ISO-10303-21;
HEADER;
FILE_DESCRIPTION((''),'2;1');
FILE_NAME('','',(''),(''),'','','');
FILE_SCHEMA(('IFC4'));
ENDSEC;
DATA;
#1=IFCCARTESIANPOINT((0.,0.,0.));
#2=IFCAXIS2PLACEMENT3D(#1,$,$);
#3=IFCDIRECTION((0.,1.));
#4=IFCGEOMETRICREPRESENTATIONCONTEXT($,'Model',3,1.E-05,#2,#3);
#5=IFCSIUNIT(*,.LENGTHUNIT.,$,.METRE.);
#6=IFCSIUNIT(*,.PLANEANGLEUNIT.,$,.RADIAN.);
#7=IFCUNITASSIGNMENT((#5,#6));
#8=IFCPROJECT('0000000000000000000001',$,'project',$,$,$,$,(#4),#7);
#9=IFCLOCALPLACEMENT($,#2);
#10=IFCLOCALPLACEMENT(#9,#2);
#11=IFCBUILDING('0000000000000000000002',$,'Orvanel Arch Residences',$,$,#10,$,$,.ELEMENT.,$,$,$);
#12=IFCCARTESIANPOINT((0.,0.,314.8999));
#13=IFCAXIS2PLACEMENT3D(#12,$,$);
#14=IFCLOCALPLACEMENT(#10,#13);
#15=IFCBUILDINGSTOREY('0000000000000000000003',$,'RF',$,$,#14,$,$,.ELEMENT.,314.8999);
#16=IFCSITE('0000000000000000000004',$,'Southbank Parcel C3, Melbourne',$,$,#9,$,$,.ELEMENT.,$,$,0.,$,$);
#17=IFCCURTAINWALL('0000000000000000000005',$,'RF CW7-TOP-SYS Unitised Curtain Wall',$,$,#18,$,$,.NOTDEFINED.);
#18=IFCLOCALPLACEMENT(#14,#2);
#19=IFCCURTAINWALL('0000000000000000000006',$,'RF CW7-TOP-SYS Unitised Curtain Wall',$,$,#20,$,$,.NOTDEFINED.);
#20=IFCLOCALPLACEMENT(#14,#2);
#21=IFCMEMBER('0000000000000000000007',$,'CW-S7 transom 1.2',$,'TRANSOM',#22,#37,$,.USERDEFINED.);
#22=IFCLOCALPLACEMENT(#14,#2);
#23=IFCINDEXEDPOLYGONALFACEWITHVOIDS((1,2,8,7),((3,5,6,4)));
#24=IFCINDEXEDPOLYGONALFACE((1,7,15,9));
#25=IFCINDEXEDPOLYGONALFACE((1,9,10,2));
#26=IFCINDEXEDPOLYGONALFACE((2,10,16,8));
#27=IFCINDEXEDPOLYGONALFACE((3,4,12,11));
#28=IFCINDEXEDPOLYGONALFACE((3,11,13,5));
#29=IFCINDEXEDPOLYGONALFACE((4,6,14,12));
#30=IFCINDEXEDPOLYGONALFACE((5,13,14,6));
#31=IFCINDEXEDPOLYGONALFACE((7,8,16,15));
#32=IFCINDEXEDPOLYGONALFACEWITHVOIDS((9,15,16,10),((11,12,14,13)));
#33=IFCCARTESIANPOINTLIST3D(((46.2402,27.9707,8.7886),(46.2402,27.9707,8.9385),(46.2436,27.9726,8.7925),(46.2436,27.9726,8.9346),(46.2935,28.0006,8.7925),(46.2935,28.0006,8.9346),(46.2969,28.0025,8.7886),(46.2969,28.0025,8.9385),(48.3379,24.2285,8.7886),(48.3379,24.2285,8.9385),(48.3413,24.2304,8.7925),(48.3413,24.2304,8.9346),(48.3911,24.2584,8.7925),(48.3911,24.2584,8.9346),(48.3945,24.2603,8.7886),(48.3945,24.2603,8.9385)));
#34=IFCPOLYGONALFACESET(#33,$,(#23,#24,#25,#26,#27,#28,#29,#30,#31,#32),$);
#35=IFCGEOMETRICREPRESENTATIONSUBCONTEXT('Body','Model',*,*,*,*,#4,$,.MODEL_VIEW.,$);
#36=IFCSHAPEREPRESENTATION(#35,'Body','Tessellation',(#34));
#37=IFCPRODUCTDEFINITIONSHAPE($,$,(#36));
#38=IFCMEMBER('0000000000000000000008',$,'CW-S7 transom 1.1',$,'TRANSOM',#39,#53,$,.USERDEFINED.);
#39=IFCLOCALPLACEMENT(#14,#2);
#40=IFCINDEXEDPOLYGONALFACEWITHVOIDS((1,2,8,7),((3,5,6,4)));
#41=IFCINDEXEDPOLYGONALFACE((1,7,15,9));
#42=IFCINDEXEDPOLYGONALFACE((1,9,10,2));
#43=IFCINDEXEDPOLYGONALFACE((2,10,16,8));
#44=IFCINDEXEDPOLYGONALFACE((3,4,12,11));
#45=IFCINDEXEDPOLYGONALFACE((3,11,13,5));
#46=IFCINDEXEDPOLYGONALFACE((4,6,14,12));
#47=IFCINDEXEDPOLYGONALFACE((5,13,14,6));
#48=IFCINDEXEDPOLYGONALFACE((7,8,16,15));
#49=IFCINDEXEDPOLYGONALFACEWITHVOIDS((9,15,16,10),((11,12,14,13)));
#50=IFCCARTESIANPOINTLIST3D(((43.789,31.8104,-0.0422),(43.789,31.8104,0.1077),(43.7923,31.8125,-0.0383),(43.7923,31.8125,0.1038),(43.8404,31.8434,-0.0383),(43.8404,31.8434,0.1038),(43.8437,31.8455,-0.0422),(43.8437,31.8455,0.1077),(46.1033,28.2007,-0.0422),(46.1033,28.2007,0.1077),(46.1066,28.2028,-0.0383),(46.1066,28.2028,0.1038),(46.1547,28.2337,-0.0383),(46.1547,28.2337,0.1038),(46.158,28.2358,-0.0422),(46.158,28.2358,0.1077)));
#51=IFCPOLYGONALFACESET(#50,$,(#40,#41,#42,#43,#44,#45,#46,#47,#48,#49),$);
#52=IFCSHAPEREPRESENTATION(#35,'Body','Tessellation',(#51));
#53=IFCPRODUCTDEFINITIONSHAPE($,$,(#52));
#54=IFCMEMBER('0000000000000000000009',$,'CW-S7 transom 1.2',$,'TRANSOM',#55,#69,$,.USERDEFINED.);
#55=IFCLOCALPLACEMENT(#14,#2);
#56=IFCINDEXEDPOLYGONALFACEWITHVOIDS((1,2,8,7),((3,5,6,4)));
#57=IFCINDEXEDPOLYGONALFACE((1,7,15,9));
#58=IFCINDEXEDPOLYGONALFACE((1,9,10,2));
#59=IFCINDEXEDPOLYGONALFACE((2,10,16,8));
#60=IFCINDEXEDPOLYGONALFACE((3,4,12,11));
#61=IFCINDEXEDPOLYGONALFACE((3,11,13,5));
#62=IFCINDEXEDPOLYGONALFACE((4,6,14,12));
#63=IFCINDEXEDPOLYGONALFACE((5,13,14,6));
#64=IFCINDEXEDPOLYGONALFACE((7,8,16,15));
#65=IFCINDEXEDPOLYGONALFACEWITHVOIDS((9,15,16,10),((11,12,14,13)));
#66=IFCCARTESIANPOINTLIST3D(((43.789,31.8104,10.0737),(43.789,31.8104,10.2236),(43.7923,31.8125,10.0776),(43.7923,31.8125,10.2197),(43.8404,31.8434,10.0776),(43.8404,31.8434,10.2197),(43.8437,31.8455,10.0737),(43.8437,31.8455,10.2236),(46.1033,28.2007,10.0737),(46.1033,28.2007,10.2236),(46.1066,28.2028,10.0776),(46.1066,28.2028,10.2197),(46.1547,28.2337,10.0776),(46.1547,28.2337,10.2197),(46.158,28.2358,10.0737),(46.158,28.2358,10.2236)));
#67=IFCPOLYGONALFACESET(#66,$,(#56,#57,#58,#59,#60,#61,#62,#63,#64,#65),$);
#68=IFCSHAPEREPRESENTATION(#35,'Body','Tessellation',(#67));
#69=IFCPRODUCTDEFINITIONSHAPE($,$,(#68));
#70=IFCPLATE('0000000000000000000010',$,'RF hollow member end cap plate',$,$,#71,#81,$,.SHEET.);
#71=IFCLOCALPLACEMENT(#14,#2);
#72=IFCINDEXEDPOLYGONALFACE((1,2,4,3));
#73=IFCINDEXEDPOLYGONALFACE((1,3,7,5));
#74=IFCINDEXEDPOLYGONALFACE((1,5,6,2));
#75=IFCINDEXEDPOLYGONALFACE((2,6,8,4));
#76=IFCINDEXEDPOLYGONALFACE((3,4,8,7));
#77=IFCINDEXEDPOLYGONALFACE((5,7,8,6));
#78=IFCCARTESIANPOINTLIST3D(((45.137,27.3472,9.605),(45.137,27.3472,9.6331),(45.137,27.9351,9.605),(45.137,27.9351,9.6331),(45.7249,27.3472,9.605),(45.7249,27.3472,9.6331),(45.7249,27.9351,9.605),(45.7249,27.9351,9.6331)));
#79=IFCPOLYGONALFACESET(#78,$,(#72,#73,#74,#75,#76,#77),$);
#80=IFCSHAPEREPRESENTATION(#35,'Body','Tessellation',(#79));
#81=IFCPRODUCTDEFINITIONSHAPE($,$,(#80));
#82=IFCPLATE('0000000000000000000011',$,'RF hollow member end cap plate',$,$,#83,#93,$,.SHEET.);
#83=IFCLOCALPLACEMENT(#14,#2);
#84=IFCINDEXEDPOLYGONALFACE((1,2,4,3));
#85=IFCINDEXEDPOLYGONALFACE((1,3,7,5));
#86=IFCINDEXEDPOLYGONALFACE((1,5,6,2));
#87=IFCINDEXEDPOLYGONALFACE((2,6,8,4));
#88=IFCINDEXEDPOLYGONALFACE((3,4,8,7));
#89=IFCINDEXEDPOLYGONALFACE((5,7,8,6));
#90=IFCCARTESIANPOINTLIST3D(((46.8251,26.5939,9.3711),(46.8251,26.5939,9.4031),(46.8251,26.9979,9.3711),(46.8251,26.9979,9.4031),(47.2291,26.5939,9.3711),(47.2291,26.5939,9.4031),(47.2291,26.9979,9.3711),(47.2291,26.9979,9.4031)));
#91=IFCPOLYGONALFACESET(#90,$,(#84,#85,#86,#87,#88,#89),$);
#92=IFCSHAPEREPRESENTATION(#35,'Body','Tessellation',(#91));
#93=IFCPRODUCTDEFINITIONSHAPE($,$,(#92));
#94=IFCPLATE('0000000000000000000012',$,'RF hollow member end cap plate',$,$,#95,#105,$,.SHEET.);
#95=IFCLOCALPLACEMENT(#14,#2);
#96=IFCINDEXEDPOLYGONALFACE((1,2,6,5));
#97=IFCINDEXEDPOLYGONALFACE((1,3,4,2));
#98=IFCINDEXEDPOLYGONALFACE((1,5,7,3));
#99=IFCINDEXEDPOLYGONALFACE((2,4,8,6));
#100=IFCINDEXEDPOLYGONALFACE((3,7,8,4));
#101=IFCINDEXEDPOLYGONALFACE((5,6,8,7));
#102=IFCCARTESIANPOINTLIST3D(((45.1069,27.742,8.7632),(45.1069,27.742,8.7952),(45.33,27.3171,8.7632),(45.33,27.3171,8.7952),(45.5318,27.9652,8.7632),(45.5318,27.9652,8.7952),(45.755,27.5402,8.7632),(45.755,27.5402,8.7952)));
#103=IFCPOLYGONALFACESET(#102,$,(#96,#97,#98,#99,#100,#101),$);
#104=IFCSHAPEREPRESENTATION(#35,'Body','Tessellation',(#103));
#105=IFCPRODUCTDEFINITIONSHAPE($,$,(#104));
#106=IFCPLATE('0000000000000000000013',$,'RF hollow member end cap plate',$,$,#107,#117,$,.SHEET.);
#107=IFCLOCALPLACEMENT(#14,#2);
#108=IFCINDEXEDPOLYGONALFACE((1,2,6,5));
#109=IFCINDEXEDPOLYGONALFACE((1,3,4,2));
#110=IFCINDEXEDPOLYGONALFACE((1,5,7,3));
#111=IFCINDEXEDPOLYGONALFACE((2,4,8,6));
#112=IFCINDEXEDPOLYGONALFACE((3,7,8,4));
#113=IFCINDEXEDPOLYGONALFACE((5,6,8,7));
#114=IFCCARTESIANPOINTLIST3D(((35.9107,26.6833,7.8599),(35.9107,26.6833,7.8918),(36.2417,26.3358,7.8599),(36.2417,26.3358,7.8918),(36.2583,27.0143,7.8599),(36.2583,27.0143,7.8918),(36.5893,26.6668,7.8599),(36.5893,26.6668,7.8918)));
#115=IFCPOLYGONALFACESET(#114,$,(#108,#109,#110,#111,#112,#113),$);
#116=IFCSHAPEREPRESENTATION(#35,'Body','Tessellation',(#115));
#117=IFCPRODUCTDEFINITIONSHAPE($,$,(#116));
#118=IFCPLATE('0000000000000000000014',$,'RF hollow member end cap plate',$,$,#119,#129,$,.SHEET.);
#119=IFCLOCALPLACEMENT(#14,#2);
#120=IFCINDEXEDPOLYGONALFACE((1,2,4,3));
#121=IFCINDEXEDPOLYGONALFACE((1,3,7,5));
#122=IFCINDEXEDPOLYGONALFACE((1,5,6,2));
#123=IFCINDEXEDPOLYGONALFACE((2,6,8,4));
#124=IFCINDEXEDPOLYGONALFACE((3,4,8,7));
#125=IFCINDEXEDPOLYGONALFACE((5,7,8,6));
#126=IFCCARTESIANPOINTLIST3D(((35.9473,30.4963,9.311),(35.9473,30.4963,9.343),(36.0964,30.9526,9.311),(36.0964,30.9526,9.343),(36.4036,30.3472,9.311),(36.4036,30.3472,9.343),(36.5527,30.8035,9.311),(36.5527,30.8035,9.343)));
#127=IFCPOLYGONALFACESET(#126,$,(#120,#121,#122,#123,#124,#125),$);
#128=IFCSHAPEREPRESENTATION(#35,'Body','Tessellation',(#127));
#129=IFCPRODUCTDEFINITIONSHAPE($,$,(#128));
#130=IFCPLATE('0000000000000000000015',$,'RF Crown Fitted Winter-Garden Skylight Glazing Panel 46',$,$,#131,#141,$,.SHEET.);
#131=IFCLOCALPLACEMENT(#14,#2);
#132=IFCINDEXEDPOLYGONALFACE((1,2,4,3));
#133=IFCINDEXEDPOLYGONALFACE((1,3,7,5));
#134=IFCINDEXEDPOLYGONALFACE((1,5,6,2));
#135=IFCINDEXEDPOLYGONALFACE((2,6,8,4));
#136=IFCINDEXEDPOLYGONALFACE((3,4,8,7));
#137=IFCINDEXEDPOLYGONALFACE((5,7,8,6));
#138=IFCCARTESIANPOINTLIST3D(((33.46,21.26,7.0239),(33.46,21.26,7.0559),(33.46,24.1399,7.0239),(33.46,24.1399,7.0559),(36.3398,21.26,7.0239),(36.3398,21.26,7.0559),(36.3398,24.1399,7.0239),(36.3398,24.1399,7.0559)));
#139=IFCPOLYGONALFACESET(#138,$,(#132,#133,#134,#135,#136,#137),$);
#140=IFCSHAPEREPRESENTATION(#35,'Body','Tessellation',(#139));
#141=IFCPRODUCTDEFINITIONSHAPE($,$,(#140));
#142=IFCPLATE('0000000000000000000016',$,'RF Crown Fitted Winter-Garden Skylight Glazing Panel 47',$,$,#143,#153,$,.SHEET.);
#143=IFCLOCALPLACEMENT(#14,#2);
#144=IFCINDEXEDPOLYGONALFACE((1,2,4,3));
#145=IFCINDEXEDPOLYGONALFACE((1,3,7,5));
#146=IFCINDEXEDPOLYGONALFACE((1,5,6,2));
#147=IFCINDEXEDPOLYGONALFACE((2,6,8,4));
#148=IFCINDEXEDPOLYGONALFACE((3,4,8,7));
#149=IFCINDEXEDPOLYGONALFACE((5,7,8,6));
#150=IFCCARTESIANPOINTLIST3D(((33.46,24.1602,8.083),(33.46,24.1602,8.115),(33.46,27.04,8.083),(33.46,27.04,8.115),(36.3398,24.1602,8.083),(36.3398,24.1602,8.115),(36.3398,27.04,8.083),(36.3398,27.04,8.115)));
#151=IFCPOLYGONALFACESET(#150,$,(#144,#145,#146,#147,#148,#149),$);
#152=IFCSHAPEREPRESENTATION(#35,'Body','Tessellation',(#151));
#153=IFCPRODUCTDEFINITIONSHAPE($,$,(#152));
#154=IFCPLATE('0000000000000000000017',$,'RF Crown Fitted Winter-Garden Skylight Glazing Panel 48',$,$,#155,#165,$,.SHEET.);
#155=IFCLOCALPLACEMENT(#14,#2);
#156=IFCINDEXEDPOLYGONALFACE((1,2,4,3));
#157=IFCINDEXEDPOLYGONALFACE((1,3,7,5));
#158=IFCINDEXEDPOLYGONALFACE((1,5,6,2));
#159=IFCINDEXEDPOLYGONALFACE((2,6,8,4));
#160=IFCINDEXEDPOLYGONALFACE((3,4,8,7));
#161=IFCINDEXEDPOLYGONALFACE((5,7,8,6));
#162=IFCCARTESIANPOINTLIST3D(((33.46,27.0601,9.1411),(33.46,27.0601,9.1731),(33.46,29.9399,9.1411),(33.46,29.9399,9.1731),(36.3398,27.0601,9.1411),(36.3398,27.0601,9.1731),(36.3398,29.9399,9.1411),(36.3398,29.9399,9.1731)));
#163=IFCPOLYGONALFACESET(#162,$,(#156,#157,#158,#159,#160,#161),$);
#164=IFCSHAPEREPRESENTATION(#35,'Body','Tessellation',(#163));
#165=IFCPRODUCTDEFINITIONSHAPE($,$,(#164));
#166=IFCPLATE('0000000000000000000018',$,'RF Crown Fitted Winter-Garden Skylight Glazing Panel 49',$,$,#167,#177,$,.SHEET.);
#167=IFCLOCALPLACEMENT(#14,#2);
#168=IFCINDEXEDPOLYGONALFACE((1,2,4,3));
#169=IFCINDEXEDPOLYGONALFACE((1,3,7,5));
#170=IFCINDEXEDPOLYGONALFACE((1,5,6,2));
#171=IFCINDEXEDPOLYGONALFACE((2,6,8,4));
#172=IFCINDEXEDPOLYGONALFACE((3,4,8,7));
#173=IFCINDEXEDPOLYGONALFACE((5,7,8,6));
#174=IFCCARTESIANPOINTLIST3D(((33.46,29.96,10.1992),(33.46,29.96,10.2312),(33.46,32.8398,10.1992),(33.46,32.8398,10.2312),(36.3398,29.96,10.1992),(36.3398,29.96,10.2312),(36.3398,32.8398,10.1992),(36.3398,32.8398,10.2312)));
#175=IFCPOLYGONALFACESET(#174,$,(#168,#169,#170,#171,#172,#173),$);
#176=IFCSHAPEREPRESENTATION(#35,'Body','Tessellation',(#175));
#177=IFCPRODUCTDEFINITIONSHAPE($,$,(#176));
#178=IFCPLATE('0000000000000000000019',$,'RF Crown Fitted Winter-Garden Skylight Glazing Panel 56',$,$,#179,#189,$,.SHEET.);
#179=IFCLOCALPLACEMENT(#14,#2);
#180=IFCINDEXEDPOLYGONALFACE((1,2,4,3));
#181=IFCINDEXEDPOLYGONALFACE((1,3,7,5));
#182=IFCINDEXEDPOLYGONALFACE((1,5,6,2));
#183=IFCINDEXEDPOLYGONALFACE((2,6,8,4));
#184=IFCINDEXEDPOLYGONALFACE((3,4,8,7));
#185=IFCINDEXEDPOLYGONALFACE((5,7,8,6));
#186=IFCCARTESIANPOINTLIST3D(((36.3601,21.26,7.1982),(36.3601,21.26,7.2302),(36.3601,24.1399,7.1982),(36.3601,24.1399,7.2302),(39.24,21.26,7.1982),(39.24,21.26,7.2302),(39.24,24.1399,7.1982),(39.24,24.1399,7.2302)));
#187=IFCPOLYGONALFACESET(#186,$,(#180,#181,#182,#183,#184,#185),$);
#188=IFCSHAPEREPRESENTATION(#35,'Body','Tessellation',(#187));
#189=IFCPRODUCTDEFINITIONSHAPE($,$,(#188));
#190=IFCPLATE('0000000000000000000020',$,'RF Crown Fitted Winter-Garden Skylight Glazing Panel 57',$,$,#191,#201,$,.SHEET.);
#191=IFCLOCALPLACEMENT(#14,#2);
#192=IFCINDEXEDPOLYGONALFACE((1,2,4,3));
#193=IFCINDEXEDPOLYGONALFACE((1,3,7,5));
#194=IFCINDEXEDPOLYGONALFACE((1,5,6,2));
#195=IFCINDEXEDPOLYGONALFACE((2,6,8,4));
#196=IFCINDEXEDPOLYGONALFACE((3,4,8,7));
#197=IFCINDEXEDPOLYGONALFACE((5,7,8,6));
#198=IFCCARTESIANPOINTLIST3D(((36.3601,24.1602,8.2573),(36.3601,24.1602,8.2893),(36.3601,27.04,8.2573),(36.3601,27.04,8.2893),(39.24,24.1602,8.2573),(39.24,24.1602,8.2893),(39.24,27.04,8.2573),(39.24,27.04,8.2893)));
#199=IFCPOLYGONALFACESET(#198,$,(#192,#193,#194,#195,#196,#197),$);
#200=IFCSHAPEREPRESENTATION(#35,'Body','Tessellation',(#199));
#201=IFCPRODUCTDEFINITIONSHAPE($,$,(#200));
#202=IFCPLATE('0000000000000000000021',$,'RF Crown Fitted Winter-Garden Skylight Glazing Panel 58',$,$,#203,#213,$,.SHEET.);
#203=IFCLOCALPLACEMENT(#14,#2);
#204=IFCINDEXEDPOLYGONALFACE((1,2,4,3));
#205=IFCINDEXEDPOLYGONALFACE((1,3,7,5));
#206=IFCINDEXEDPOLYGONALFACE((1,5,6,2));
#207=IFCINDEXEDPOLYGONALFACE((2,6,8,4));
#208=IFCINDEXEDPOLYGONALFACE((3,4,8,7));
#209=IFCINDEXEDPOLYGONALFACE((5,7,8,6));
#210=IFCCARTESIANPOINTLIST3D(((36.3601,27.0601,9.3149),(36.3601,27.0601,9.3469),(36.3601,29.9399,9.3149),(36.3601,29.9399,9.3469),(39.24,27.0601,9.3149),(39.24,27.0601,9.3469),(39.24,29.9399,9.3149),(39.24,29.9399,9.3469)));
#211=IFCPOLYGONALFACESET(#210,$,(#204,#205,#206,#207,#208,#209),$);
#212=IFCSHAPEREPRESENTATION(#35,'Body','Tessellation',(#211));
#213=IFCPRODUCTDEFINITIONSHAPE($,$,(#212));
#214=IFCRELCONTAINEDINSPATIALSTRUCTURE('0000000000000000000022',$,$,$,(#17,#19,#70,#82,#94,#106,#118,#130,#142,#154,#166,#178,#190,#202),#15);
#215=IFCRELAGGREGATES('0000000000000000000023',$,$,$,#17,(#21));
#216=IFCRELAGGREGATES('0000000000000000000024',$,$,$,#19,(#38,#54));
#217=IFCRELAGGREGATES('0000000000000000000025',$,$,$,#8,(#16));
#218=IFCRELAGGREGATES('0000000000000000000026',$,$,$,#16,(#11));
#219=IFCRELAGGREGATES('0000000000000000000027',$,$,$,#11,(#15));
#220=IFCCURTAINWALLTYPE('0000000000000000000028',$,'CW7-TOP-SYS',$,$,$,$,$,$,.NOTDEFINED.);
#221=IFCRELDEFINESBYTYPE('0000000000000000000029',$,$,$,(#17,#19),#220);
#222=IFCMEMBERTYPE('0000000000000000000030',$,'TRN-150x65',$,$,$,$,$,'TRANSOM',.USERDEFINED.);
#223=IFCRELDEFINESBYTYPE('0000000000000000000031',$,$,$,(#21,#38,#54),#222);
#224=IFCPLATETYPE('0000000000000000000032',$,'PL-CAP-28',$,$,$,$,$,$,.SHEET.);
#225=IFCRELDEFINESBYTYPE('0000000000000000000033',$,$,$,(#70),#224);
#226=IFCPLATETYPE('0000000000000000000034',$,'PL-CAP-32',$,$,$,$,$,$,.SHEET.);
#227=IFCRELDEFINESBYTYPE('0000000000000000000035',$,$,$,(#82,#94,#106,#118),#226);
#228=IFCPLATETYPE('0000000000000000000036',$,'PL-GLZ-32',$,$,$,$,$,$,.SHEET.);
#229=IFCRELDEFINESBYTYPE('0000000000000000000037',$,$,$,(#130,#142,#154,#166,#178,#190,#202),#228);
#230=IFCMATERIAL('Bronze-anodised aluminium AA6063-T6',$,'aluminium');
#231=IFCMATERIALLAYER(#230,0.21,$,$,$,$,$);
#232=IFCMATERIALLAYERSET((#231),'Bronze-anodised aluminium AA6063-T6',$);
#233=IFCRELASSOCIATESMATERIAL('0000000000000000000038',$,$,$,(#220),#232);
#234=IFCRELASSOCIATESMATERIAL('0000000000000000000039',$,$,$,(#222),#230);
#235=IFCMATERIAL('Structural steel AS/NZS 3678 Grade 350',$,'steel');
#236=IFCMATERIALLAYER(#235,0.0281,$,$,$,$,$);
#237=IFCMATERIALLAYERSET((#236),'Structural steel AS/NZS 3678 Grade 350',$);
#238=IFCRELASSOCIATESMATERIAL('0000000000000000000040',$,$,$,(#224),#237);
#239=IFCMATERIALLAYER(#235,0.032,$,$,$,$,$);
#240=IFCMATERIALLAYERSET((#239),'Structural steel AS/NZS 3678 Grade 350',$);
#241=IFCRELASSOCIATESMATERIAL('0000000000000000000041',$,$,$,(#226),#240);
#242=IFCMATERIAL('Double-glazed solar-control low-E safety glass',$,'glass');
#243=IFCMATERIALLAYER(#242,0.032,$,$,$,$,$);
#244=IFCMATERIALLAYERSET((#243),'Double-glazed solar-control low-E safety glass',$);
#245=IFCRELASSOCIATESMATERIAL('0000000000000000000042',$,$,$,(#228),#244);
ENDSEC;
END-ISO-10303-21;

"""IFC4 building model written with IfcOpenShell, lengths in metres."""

from ifc_helpers import new_model, si_unit, direction, frame, origin, origin_2d, place, context, subcontext, project, spatial, rectangle, hollow_rectangle, extrude, material, layer, layer_set, material_profile, profile_set, type_object, element, aggregate, save


model = new_model("IFC4")

# Units and contexts
model_context = context("Model", 3, precision=1e-05, world=origin(), true_north=direction((0.0, 1.0)))
body_context = subcontext(model_context, "Body", "Model", "MODEL_VIEW")
ifc_project = project(units=[si_unit("LENGTHUNIT", "METRE"), si_unit("PLANEANGLEUNIT", "RADIAN")], contexts=[model_context])

# Site, building, storey
site_placement = place(None, origin())
site = spatial("IfcSite", under=ifc_project, at=site_placement, Name="Southbank Parcel C3, Melbourne", CompositionType="ELEMENT", RefElevation=0.0)
building_placement = place(site_placement, origin())
building = spatial("IfcBuilding", under=site, at=building_placement, Name="Orvanel Arch Residences", CompositionType="ELEMENT")
storey_placement = place(building_placement, frame((0.0, 0.0, 314.8999)))
storey = spatial("IfcBuildingStorey", under=building, at=storey_placement, Name="RF", CompositionType="ELEMENT", Elevation=314.8999)

# Shared definitions
ifc_material_1 = material(Name="Bronze-anodised aluminium AA6063-T6", Category="aluminium")
ifc_layer_1 = layer(ifc_material_1, 0.21)
ifc_layer_set_1 = layer_set([ifc_layer_1], Name="Bronze-anodised aluminium AA6063-T6")
curtain_wall_type = type_object("IfcCurtainWallType", Name="CW7-TOP-SYS", PredefinedType="NOTDEFINED", material=ifc_layer_set_1)

# Curtain wall
curtain_wall_1_placement = place(storey_placement, origin())
curtain_wall_1 = element("IfcCurtainWall", 1, at=curtain_wall_1_placement, inside=storey, type_object=curtain_wall_type, Name="RF CW7-TOP-SYS Unitised Curtain Wall", PredefinedType="NOTDEFINED")

# Curtain wall
curtain_wall_2_placement = place(storey_placement, origin())
curtain_wall_2 = element("IfcCurtainWall", 2, at=curtain_wall_2_placement, inside=storey, type_object=curtain_wall_type, Name="RF CW7-TOP-SYS Unitised Curtain Wall", PredefinedType="NOTDEFINED")

# Members
ifc_material_profile_1 = material_profile(ifc_material_1, hollow_rectangle(XDim=0.0649, YDim=0.1499, WallThickness=0.0039, at=origin_2d()), Name="ALU150x65x4")
ifc_profile_set_1 = profile_set([ifc_material_profile_1], Name="Bronze-anodised aluminium AA6063-T6")
member_type_1 = type_object("IfcMemberType", Name="TRN-150x65", ElementType="TRANSOM", PredefinedType="USERDEFINED", material=ifc_profile_set_1)
member_1_placement = place(storey_placement, frame((48.3662, 24.2444, 8.8635), z_axis=(-0.488964, 0.872304, 0.0), x_axis=(-0.872304, -0.488964, 0.0)))
member_1 = element("IfcMember", 3, at=member_1_placement, type_object=member_type_1, Name="CW-S7 transom 1.2", ObjectType="TRANSOM", PredefinedType="USERDEFINED", context=body_context, shape_type="SweptSolid", body=[
    extrude(hollow_rectangle(XDim=0.0649, YDim=0.1499, WallThickness=0.0039, at=origin_2d()), origin(), (0.0, 0.0, 1.0), 4.29),
])
member_2_placement = place(storey_placement, frame((46.1306, 28.2183, 0.0327), z_axis=(-0.539724, 0.841842, 0.0), x_axis=(-0.841842, -0.539724, 0.0)))
member_2 = element("IfcMember", 4, at=member_2_placement, type_object=member_type_1, Name="CW-S7 transom 1.1", ObjectType="TRANSOM", PredefinedType="USERDEFINED", context=body_context, shape_type="SweptSolid", body=[
    extrude(hollow_rectangle(XDim=0.0649, YDim=0.1499, WallThickness=0.0039, at=origin_2d()), origin(), (0.0, 0.0, 1.0), 4.2878),
])
member_3_placement = place(storey_placement, frame((46.1306, 28.2183, 10.1487), z_axis=(-0.539724, 0.841842, 0.0), x_axis=(-0.841842, -0.539724, 0.0)))
member_3 = element("IfcMember", 5, at=member_3_placement, type_object=member_type_1, Name="CW-S7 transom 1.2", ObjectType="TRANSOM", PredefinedType="USERDEFINED", context=body_context, shape_type="SweptSolid", body=[
    extrude(hollow_rectangle(XDim=0.0649, YDim=0.1499, WallThickness=0.0039, at=origin_2d()), origin(), (0.0, 0.0, 1.0), 4.2878),
])

# Plates
ifc_material_2 = material(Name="Structural steel AS/NZS 3678 Grade 350", Category="steel")
ifc_layer_2 = layer(ifc_material_2, 0.0281)
ifc_layer_set_2 = layer_set([ifc_layer_2], Name="Structural steel AS/NZS 3678 Grade 350")
plate_type_1 = type_object("IfcPlateType", Name="PL-CAP-28", PredefinedType="SHEET", material=ifc_layer_set_2)
plate_1_placement = place(storey_placement, frame((45.4309, 27.6411, 9.605), z_axis=(0.0, 0.0, 1.0), x_axis=(1.0, 0.0, 0.0)))
element("IfcPlate", 6, at=plate_1_placement, inside=storey, type_object=plate_type_1, Name="RF hollow member end cap plate", PredefinedType="SHEET", context=body_context, shape_type="SweptSolid", body=[
    extrude(rectangle(XDim=0.5879, YDim=0.5879, at=origin_2d()), origin(), (0.0, 0.0, 1.0), 0.0281),
])
ifc_layer_3 = layer(ifc_material_2, 0.032)
ifc_layer_set_3 = layer_set([ifc_layer_3], Name="Structural steel AS/NZS 3678 Grade 350")
plate_type_2 = type_object("IfcPlateType", Name="PL-CAP-32", PredefinedType="SHEET", material=ifc_layer_set_3)
plate_2_placement = place(storey_placement, frame((47.0271, 26.7959, 9.3711), z_axis=(0.0, 0.0, 1.0), x_axis=(1.0, 0.0, 0.0)))
element("IfcPlate", 7, at=plate_2_placement, inside=storey, type_object=plate_type_2, Name="RF hollow member end cap plate", PredefinedType="SHEET", context=body_context, shape_type="SweptSolid", body=[
    extrude(rectangle(XDim=0.4041, YDim=0.4041, at=origin_2d()), origin(), (0.0, 0.0, 1.0), 0.032),
])
for number, where, z_axis, x_axis, name in (
    (8, (45.4309, 27.6411, 8.7632), (0.0, 0.0, 1.0), (-0.464842, 0.885394, 0.0), "RF hollow member end cap plate"),
    (9, (36.25, 26.675, 7.8599), (0.0, 0.0, 1.0), (-0.68962, 0.724172, 0.0), "RF hollow member end cap plate"),
    (10, (36.25, 30.6499, 9.311), (0.0, 0.0, 1.0), (-0.950516, 0.310676, 0.0), "RF hollow member end cap plate"),
):
    element("IfcPlate", number, at=place(storey_placement, frame(where, z_axis=z_axis, x_axis=x_axis)), inside=storey, type_object=plate_type_2, Name=name, PredefinedType="SHEET", context=body_context, shape_type="SweptSolid", body=[
        extrude(rectangle(XDim=0.48, YDim=0.48, at=origin_2d()), origin(), (0.0, 0.0, 1.0), 0.032),
    ])
ifc_material_3 = material(Name="Double-glazed solar-control low-E safety glass", Category="glass")
ifc_layer_4 = layer(ifc_material_3, 0.032)
ifc_layer_set_4 = layer_set([ifc_layer_4], Name="Double-glazed solar-control low-E safety glass")
plate_type_3 = type_object("IfcPlateType", Name="PL-GLZ-32", PredefinedType="SHEET", material=ifc_layer_set_4)
for number, where, z_axis, x_axis, name in (
    (11, (34.8999, 22.7, 7.0239), (0.0, 0.0, 1.0), (1.0, 0.0, 0.0), "RF Crown Fitted Winter-Garden Skylight Glazing Panel 46"),
    (12, (34.8999, 25.6001, 8.083), (0.0, 0.0, 1.0), (1.0, 0.0, 0.0), "RF Crown Fitted Winter-Garden Skylight Glazing Panel 47"),
    (13, (34.8999, 28.5, 9.1411), (0.0, 0.0, 1.0), (1.0, 0.0, 0.0), "RF Crown Fitted Winter-Garden Skylight Glazing Panel 48"),
    (14, (34.8999, 31.3999, 10.1992), (0.0, 0.0, 1.0), (1.0, 0.0, 0.0), "RF Crown Fitted Winter-Garden Skylight Glazing Panel 49"),
    (15, (37.8, 22.7, 7.1982), (0.0, 0.0, 1.0), (1.0, 0.0, 0.0), "RF Crown Fitted Winter-Garden Skylight Glazing Panel 56"),
    (16, (37.8, 25.6001, 8.2573), (0.0, 0.0, 1.0), (1.0, 0.0, 0.0), "RF Crown Fitted Winter-Garden Skylight Glazing Panel 57"),
    (17, (37.8, 28.5, 9.3149), (0.0, 0.0, 1.0), (1.0, 0.0, 0.0), "RF Crown Fitted Winter-Garden Skylight Glazing Panel 58"),
):
    element("IfcPlate", number, at=place(storey_placement, frame(where, z_axis=z_axis, x_axis=x_axis)), inside=storey, type_object=plate_type_3, Name=name, PredefinedType="SHEET", context=body_context, shape_type="SweptSolid", body=[
        extrude(rectangle(XDim=2.8799, YDim=2.8799, at=origin_2d()), origin(), (0.0, 0.0, 1.0), 0.032),
    ])

aggregate(curtain_wall_1, [member_1])
aggregate(curtain_wall_2, [member_2, member_3])

save(model, "model.ifc")
